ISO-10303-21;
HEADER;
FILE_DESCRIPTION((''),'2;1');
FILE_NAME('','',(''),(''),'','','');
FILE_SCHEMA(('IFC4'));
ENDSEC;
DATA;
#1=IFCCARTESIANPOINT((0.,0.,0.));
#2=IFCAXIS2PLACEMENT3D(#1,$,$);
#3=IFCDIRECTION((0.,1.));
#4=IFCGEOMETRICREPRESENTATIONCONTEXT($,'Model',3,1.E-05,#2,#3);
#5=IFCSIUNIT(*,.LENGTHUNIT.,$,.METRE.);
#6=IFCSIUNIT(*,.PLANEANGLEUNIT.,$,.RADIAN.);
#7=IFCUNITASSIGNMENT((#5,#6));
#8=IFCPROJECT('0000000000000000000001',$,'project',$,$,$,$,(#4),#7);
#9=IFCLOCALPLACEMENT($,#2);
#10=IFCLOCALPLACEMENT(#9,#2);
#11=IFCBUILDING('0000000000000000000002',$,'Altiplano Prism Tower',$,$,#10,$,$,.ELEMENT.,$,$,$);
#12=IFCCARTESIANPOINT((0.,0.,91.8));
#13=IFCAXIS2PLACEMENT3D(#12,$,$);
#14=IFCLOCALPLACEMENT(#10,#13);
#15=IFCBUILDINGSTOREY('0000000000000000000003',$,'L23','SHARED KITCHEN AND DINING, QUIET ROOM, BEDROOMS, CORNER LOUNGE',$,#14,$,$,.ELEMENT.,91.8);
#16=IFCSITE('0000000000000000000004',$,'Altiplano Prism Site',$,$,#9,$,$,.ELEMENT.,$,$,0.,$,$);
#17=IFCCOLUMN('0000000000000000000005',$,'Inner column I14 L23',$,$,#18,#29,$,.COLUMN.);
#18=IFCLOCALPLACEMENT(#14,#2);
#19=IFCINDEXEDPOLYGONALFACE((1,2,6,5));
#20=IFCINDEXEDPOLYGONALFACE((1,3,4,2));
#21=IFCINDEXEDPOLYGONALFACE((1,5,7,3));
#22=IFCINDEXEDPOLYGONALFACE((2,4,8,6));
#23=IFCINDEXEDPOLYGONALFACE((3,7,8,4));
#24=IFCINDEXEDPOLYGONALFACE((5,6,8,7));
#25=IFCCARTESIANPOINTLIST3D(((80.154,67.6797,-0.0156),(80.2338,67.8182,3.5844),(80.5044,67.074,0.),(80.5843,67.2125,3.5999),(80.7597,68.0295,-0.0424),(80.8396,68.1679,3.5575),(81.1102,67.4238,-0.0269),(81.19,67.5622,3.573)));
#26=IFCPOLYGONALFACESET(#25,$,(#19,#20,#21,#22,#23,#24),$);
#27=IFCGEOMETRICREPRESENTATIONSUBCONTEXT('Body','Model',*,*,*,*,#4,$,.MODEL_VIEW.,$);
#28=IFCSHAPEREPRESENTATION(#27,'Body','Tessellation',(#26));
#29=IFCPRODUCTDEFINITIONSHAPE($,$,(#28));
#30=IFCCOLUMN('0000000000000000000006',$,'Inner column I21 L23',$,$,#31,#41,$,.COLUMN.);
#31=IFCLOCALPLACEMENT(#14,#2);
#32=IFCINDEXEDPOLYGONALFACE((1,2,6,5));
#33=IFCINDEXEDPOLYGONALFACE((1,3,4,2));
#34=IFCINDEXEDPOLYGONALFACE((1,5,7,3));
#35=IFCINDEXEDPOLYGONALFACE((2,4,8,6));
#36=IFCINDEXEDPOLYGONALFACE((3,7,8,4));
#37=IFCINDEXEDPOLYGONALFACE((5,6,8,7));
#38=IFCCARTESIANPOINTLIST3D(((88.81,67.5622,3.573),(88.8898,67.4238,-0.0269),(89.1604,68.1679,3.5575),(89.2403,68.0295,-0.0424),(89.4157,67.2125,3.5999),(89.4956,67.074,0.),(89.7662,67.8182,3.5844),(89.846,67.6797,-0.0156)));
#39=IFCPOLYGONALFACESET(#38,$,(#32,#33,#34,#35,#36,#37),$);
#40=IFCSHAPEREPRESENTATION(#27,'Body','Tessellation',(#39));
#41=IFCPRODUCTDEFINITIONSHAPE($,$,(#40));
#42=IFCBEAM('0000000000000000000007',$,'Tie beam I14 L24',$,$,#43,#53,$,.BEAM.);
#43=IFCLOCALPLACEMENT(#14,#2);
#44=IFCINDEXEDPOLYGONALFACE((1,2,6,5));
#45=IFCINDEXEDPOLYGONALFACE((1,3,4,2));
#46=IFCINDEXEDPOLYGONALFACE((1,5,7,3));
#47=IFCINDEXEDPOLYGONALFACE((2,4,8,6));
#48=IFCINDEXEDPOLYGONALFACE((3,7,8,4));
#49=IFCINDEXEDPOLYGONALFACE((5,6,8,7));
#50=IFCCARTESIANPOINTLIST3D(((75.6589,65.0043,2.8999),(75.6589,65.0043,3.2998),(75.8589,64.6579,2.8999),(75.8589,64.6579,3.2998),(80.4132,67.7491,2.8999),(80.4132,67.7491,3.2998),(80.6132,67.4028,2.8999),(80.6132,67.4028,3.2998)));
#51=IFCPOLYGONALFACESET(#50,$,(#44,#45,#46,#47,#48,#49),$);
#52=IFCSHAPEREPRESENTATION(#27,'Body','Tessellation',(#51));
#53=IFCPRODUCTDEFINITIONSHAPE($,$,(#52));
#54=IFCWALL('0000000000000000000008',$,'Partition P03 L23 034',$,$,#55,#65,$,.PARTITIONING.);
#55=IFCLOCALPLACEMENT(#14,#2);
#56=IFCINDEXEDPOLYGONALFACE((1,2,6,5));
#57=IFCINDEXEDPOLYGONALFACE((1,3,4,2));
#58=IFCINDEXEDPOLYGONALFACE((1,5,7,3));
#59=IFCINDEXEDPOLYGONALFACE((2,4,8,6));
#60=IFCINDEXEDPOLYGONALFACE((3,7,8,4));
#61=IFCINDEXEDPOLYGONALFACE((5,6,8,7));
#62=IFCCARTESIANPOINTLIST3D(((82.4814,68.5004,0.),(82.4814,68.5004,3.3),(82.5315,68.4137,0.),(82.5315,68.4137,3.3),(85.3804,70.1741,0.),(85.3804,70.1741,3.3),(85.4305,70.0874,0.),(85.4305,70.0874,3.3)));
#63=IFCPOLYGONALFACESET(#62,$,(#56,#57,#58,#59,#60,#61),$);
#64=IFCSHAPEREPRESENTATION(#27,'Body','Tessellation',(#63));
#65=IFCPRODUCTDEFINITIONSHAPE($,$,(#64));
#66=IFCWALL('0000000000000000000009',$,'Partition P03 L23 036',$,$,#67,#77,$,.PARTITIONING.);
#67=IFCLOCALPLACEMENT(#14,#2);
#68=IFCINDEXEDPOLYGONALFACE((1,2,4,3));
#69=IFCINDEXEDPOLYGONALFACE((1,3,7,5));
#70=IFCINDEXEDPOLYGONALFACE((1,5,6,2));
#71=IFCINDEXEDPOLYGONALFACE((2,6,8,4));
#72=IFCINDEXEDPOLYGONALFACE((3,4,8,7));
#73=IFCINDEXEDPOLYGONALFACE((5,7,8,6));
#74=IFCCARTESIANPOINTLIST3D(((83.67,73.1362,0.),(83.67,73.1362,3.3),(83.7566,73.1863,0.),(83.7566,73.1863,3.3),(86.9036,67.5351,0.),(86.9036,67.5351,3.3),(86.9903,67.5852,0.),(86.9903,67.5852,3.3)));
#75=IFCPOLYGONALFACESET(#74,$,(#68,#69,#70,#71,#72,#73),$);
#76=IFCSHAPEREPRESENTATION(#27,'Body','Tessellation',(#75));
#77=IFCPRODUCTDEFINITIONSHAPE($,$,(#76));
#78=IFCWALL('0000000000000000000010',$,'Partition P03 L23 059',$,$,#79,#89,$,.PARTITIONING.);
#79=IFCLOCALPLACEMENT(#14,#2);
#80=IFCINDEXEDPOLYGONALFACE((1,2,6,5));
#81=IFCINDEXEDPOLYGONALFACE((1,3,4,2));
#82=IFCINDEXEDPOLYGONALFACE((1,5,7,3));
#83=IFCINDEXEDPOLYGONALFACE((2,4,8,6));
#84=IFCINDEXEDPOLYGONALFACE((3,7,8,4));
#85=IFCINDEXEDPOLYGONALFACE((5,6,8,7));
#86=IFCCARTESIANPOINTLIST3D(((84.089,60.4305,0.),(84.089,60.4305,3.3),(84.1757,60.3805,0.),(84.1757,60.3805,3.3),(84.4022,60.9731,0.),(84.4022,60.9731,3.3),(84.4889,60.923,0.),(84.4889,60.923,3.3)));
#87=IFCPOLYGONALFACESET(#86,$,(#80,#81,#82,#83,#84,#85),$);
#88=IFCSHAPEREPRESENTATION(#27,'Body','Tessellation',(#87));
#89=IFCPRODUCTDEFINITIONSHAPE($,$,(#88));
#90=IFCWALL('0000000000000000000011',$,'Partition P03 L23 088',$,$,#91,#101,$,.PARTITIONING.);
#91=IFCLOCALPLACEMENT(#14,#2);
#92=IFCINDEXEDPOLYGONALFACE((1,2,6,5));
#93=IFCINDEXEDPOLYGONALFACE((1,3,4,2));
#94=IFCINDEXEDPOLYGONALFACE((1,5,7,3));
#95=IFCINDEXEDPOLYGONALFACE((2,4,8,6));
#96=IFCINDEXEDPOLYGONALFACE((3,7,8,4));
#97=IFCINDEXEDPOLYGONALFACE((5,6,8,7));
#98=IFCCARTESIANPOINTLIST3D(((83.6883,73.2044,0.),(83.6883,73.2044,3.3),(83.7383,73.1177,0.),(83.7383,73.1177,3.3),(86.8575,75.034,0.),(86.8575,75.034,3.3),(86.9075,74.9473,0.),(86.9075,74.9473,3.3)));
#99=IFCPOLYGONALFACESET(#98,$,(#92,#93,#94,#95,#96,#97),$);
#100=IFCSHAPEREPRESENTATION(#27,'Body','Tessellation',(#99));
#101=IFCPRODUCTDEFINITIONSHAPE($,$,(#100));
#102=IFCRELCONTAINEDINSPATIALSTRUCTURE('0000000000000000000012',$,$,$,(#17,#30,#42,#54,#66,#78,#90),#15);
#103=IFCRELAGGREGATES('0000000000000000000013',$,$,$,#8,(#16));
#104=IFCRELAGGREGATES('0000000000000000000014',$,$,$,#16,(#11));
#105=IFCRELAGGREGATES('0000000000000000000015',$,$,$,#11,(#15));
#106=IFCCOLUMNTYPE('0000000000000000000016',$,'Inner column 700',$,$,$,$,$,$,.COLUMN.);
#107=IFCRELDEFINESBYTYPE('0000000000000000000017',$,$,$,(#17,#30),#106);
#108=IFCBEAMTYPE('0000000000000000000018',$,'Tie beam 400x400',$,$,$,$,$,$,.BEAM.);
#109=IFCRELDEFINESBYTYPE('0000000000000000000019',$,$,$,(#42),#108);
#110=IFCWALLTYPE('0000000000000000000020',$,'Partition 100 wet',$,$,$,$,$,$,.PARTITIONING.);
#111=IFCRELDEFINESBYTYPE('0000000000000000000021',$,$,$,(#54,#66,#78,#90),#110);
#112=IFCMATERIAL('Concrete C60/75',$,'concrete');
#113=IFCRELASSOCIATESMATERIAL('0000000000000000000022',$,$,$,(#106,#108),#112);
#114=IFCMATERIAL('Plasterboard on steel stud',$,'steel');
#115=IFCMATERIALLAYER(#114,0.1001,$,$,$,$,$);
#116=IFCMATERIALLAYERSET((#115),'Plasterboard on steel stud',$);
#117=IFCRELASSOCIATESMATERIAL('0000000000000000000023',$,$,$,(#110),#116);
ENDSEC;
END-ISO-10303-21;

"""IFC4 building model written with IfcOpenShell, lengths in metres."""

from ifc_helpers import new_model, si_unit, direction, frame, frame_2d, origin, origin_2d, place, context, subcontext, project, spatial, rectangle, extrude, material, layer, layer_set, material_profile, profile_set, type_object, element, save


model = new_model("IFC4")

# Units and contexts
model_context = context("Model", 3, precision=1e-05, world=origin(), true_north=direction((0.0, 1.0)))
body_context = subcontext(model_context, "Body", "Model", "MODEL_VIEW")
ifc_project = project(units=[si_unit("LENGTHUNIT", "METRE"), si_unit("PLANEANGLEUNIT", "RADIAN")], contexts=[model_context])

# Site, building, storey
site_placement = place(None, origin())
site = spatial("IfcSite", under=ifc_project, at=site_placement, Name="Altiplano Prism Site", CompositionType="ELEMENT", RefElevation=0.0)
building_placement = place(site_placement, origin())
building = spatial("IfcBuilding", under=site, at=building_placement, Name="Altiplano Prism Tower", CompositionType="ELEMENT")
storey_placement = place(building_placement, frame((0.0, 0.0, 91.8)))
storey = spatial("IfcBuildingStorey", under=building, at=storey_placement, Name="L23", Description="SHARED KITCHEN AND DINING, QUIET ROOM, BEDROOMS, CORNER LOUNGE", CompositionType="ELEMENT", Elevation=91.8)

# Columns
ifc_material_1 = material(Name="Concrete C60/75", Category="concrete")
ifc_material_profile_1 = material_profile(ifc_material_1, rectangle(XDim=0.7, YDim=0.7, at=origin_2d()), Name="Inner column 700")
ifc_profile_set_1 = profile_set([ifc_material_profile_1], Name="Concrete C60/75")
column_type = type_object("IfcColumnType", Name="Inner column 700", PredefinedType="COLUMN", material=ifc_profile_set_1)
for number, where, z_axis, x_axis, name in (
    (1, (80.6321, 67.5518, -0.0212), (0.022155, 0.038416, 0.999016), (-0.865362, -0.499674, 0.038405), "Inner column I14 L23"),
    (2, (89.3679, 67.5518, -0.0212), (-0.022155, 0.038416, 0.999016), (-0.500657, -0.865361, 0.022173), "Inner column I21 L23"),
):
    element("IfcColumn", number, at=place(storey_placement, frame(where, z_axis=z_axis, x_axis=x_axis)), inside=storey, type_object=column_type, Name=name, PredefinedType="COLUMN", context=body_context, shape_type="SweptSolid", body=[
        extrude(rectangle(XDim=0.7, YDim=0.7, at=origin_2d()), origin(), (0.0, 0.0, 1.0), 3.6035),
    ])

# Beam
ifc_material_profile_2 = material_profile(ifc_material_1, rectangle(XDim=0.3999, YDim=0.3999, at=origin_2d()), Name="Tie beam 400x400")
ifc_profile_set_2 = profile_set([ifc_material_profile_2], Name="Concrete C60/75")
beam_type = type_object("IfcBeamType", Name="Tie beam 400x400", PredefinedType="BEAM", material=ifc_profile_set_2)
beam_placement = place(storey_placement, frame((80.5132, 67.5759, 3.0999), z_axis=(-0.866032, -0.499989, 0.0), x_axis=(0.499989, -0.866032, 0.0)))
element("IfcBeam", 3, at=beam_placement, inside=storey, type_object=beam_type, Name="Tie beam I14 L24", PredefinedType="BEAM", context=body_context, shape_type="SweptSolid", body=[
    extrude(rectangle(XDim=0.3999, YDim=0.3999, at=origin_2d()), origin(), (0.0, 0.0, 1.0), 5.4897),
])

# Walls
ifc_material_2 = material(Name="Plasterboard on steel stud", Category="steel")
ifc_layer_1 = layer(ifc_material_2, 0.1001)
ifc_layer_set_1 = layer_set([ifc_layer_1], Name="Plasterboard on steel stud")
wall_type_1 = type_object("IfcWallType", Name="Partition 100 wet", PredefinedType="PARTITIONING", material=ifc_layer_set_1)
wall_1_placement = place(storey_placement, frame((82.5063, 68.457, 0.0), z_axis=(0.0, 0.0, 1.0), x_axis=(0.86604, 0.499975, 0.0)))
element("IfcWall", 4, at=wall_1_placement, inside=storey, type_object=wall_type_1, Name="Partition P03 L23 034", PredefinedType="PARTITIONING", context=body_context, shape_type="SweptSolid", body=[
    extrude(rectangle(XDim=3.3474, YDim=0.1001, at=frame_2d((1.6738, 0.0))), origin(), (0.0, 0.0, 1.0), 3.3),
])
wall_2_placement = place(storey_placement, frame((86.947, 67.5601, 0.0), z_axis=(0.0, 0.0, 1.0), x_axis=(-0.499984, 0.866035, 0.0)))
element("IfcWall", 5, at=wall_2_placement, inside=storey, type_object=wall_type_1, Name="Partition P03 L23 036", PredefinedType="PARTITIONING", context=body_context, shape_type="SweptSolid", body=[
    extrude(rectangle(XDim=6.4675, YDim=0.1001, at=frame_2d((3.2339, 0.0))), origin(), (0.0, 0.0, 1.0), 3.3),
])
wall_3_placement = place(storey_placement, frame((84.1323, 60.4055, 0.0), z_axis=(0.0, 0.0, 1.0), x_axis=(0.500037, 0.866004, 0.0)))
element("IfcWall", 6, at=wall_3_placement, inside=storey, type_object=wall_type_1, Name="Partition P03 L23 059", PredefinedType="PARTITIONING", context=body_context, shape_type="SweptSolid", body=[
    extrude(rectangle(XDim=0.6265, YDim=0.1001, at=frame_2d((0.3132, 0.0))), origin(), (0.0, 0.0, 1.0), 3.3),
])
wall_4_placement = place(storey_placement, frame((83.7134, 73.1611, 0.0), z_axis=(0.0, 0.0, 1.0), x_axis=(0.866042, 0.499971, 0.0)))
element("IfcWall", 7, at=wall_4_placement, inside=storey, type_object=wall_type_1, Name="Partition P03 L23 088", PredefinedType="PARTITIONING", context=body_context, shape_type="SweptSolid", body=[
    extrude(rectangle(XDim=3.6594, YDim=0.1001, at=frame_2d((1.8296, 0.0))), origin(), (0.0, 0.0, 1.0), 3.3),
])

save(model, "model.ifc")
